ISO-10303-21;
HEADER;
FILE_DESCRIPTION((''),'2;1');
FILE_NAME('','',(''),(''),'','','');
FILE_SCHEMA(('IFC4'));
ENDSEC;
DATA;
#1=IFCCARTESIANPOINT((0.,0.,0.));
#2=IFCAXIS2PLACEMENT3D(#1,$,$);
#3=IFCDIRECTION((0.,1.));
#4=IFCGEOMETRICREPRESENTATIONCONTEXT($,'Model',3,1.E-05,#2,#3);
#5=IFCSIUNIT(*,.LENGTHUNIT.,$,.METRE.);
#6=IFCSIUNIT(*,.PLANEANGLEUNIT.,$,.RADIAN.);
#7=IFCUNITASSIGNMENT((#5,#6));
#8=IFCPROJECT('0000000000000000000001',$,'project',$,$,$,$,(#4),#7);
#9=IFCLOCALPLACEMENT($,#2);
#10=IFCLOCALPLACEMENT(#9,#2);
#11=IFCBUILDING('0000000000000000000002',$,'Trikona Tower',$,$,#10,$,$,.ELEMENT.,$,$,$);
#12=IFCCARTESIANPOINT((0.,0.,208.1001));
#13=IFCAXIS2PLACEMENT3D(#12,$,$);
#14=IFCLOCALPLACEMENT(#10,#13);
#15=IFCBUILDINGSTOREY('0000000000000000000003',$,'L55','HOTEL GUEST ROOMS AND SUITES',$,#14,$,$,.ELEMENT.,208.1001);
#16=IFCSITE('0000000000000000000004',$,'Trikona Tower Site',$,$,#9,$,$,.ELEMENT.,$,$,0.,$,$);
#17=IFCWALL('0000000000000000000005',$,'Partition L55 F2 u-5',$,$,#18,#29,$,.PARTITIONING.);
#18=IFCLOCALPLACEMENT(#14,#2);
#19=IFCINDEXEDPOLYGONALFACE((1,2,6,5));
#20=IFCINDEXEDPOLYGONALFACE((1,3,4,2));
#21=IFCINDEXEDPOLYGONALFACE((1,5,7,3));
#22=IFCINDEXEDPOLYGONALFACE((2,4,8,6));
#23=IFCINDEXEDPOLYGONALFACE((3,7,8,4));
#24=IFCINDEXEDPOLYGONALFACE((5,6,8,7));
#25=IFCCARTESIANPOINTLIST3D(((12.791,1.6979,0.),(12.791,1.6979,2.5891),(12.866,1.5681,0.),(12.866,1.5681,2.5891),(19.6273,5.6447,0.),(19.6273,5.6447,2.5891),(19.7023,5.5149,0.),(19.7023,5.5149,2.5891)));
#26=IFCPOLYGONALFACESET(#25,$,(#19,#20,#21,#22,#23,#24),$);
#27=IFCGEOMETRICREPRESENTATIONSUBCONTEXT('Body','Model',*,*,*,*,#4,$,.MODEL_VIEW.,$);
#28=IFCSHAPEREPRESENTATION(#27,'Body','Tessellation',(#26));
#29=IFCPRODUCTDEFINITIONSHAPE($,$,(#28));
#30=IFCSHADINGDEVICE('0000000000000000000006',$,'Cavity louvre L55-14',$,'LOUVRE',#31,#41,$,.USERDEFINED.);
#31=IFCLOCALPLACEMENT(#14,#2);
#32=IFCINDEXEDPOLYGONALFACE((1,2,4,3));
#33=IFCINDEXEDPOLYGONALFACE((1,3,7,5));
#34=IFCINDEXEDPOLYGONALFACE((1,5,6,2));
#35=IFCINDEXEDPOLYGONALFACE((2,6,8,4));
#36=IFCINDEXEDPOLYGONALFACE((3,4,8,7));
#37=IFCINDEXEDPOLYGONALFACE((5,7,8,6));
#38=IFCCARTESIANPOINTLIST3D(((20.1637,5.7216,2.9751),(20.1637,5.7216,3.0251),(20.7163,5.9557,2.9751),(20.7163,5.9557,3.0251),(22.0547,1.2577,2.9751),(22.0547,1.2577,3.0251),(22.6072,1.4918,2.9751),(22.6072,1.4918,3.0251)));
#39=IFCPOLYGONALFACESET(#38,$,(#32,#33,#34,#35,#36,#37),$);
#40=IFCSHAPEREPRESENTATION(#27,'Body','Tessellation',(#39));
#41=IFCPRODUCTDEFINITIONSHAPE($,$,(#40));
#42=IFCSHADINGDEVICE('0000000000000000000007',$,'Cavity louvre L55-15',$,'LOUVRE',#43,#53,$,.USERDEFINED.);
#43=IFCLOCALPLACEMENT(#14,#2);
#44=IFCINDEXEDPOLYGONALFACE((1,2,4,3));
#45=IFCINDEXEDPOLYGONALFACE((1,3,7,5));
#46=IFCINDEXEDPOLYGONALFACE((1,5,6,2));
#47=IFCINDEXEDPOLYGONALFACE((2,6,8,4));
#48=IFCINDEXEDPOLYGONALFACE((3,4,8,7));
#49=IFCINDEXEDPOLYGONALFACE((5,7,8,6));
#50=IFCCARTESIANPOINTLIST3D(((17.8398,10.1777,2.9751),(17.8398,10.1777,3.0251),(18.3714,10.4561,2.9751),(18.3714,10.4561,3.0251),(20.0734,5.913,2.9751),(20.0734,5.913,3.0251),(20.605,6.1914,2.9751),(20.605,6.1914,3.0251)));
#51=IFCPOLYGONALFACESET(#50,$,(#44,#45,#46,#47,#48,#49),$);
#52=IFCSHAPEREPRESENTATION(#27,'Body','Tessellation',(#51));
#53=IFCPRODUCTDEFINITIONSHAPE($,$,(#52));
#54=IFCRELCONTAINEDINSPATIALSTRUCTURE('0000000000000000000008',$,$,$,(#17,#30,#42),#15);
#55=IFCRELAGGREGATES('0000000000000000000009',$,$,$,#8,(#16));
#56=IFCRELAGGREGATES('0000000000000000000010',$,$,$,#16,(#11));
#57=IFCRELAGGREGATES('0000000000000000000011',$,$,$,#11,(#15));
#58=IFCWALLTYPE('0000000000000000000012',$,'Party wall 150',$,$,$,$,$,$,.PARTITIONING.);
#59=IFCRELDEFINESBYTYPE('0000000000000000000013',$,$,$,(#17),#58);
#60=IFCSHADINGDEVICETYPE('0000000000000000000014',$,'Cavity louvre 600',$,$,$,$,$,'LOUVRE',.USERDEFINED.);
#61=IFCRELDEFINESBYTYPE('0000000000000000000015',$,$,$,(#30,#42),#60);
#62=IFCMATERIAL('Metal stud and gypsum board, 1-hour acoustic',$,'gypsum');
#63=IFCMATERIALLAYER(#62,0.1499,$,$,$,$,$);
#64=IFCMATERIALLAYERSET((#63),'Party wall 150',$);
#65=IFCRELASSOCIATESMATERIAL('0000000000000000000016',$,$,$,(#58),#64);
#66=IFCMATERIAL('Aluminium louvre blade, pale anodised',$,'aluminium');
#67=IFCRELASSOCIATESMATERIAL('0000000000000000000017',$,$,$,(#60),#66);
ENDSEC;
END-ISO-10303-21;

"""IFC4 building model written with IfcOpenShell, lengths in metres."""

from ifc_helpers import new_model, si_unit, direction, frame, frame_2d, origin, origin_2d, place, context, subcontext, project, spatial, rectangle, extrude, material, layer, layer_set, type_object, element, save


model = new_model("IFC4")

# Units and contexts
model_context = context("Model", 3, precision=1e-05, world=origin(), true_north=direction((0.0, 1.0)))
body_context = subcontext(model_context, "Body", "Model", "MODEL_VIEW")
ifc_project = project(units=[si_unit("LENGTHUNIT", "METRE"), si_unit("PLANEANGLEUNIT", "RADIAN")], contexts=[model_context])

# Site, building, storey
site_placement = place(None, origin())
site = spatial("IfcSite", under=ifc_project, at=site_placement, Name="Trikona Tower Site", CompositionType="ELEMENT", RefElevation=0.0)
building_placement = place(site_placement, origin())
building = spatial("IfcBuilding", under=site, at=building_placement, Name="Trikona Tower", CompositionType="ELEMENT")
storey_placement = place(building_placement, frame((0.0, 0.0, 208.1001)))
storey = spatial("IfcBuildingStorey", under=building, at=storey_placement, Name="L55", Description="HOTEL GUEST ROOMS AND SUITES", CompositionType="ELEMENT", Elevation=208.1001)

# Wall
ifc_material_1 = material(Name="Metal stud and gypsum board, 1-hour acoustic", Category="gypsum")
ifc_layer_1 = layer(ifc_material_1, 0.1499)
ifc_layer_set_1 = layer_set([ifc_layer_1], Name="Party wall 150")
wall_type_1 = type_object("IfcWallType", Name="Party wall 150", PredefinedType="PARTITIONING", material=ifc_layer_set_1)
wall_1_placement = place(storey_placement, frame((12.8286, 1.6331, 0.0), z_axis=(0.0, 0.0, 1.0), x_axis=(0.866031, 0.499991, 0.0)))
element("IfcWall", 1, at=wall_1_placement, inside=storey, type_object=wall_type_1, Name="Partition L55 F2 u-5", PredefinedType="PARTITIONING", context=body_context, shape_type="SweptSolid", body=[
    extrude(rectangle(XDim=7.8938, YDim=0.1499, at=frame_2d((3.9468, 0.0))), origin(), (0.0, 0.0, 1.0), 2.5891),
])

# Shading devices
ifc_material_2 = material(Name="Aluminium louvre blade, pale anodised", Category="aluminium")
shading_device_type = type_object("IfcShadingDeviceType", Name="Cavity louvre 600", ElementType="LOUVRE", PredefinedType="USERDEFINED", material=ifc_material_2)
shading_device_1_placement = place(storey_placement, frame((21.3855, 3.6067, 2.9751), z_axis=(0.0, 0.0, 1.0), x_axis=(-0.390051, 0.920793, 0.0)))
element("IfcShadingDevice", 2, at=shading_device_1_placement, inside=storey, type_object=shading_device_type, Name="Cavity louvre L55-14", ObjectType="LOUVRE", PredefinedType="USERDEFINED", context=body_context, shape_type="SweptSolid", body=[
    extrude(rectangle(XDim=4.8479, YDim=0.6001, at=origin_2d()), origin(), (0.0, 0.0, 1.0), 0.05),
])
shading_device_2_placement = place(storey_placement, frame((19.2224, 8.1846, 2.9751), z_axis=(0.0, 0.0, 1.0), x_axis=(-0.463952, 0.88586, 0.0)))
element("IfcShadingDevice", 3, at=shading_device_2_placement, inside=storey, type_object=shading_device_type, Name="Cavity louvre L55-15", ObjectType="LOUVRE", PredefinedType="USERDEFINED", context=body_context, shape_type="SweptSolid", body=[
    extrude(rectangle(XDim=4.8142, YDim=0.6001, at=origin_2d()), origin(), (0.0, 0.0, 1.0), 0.05),
])

save(model, "model.ifc")
